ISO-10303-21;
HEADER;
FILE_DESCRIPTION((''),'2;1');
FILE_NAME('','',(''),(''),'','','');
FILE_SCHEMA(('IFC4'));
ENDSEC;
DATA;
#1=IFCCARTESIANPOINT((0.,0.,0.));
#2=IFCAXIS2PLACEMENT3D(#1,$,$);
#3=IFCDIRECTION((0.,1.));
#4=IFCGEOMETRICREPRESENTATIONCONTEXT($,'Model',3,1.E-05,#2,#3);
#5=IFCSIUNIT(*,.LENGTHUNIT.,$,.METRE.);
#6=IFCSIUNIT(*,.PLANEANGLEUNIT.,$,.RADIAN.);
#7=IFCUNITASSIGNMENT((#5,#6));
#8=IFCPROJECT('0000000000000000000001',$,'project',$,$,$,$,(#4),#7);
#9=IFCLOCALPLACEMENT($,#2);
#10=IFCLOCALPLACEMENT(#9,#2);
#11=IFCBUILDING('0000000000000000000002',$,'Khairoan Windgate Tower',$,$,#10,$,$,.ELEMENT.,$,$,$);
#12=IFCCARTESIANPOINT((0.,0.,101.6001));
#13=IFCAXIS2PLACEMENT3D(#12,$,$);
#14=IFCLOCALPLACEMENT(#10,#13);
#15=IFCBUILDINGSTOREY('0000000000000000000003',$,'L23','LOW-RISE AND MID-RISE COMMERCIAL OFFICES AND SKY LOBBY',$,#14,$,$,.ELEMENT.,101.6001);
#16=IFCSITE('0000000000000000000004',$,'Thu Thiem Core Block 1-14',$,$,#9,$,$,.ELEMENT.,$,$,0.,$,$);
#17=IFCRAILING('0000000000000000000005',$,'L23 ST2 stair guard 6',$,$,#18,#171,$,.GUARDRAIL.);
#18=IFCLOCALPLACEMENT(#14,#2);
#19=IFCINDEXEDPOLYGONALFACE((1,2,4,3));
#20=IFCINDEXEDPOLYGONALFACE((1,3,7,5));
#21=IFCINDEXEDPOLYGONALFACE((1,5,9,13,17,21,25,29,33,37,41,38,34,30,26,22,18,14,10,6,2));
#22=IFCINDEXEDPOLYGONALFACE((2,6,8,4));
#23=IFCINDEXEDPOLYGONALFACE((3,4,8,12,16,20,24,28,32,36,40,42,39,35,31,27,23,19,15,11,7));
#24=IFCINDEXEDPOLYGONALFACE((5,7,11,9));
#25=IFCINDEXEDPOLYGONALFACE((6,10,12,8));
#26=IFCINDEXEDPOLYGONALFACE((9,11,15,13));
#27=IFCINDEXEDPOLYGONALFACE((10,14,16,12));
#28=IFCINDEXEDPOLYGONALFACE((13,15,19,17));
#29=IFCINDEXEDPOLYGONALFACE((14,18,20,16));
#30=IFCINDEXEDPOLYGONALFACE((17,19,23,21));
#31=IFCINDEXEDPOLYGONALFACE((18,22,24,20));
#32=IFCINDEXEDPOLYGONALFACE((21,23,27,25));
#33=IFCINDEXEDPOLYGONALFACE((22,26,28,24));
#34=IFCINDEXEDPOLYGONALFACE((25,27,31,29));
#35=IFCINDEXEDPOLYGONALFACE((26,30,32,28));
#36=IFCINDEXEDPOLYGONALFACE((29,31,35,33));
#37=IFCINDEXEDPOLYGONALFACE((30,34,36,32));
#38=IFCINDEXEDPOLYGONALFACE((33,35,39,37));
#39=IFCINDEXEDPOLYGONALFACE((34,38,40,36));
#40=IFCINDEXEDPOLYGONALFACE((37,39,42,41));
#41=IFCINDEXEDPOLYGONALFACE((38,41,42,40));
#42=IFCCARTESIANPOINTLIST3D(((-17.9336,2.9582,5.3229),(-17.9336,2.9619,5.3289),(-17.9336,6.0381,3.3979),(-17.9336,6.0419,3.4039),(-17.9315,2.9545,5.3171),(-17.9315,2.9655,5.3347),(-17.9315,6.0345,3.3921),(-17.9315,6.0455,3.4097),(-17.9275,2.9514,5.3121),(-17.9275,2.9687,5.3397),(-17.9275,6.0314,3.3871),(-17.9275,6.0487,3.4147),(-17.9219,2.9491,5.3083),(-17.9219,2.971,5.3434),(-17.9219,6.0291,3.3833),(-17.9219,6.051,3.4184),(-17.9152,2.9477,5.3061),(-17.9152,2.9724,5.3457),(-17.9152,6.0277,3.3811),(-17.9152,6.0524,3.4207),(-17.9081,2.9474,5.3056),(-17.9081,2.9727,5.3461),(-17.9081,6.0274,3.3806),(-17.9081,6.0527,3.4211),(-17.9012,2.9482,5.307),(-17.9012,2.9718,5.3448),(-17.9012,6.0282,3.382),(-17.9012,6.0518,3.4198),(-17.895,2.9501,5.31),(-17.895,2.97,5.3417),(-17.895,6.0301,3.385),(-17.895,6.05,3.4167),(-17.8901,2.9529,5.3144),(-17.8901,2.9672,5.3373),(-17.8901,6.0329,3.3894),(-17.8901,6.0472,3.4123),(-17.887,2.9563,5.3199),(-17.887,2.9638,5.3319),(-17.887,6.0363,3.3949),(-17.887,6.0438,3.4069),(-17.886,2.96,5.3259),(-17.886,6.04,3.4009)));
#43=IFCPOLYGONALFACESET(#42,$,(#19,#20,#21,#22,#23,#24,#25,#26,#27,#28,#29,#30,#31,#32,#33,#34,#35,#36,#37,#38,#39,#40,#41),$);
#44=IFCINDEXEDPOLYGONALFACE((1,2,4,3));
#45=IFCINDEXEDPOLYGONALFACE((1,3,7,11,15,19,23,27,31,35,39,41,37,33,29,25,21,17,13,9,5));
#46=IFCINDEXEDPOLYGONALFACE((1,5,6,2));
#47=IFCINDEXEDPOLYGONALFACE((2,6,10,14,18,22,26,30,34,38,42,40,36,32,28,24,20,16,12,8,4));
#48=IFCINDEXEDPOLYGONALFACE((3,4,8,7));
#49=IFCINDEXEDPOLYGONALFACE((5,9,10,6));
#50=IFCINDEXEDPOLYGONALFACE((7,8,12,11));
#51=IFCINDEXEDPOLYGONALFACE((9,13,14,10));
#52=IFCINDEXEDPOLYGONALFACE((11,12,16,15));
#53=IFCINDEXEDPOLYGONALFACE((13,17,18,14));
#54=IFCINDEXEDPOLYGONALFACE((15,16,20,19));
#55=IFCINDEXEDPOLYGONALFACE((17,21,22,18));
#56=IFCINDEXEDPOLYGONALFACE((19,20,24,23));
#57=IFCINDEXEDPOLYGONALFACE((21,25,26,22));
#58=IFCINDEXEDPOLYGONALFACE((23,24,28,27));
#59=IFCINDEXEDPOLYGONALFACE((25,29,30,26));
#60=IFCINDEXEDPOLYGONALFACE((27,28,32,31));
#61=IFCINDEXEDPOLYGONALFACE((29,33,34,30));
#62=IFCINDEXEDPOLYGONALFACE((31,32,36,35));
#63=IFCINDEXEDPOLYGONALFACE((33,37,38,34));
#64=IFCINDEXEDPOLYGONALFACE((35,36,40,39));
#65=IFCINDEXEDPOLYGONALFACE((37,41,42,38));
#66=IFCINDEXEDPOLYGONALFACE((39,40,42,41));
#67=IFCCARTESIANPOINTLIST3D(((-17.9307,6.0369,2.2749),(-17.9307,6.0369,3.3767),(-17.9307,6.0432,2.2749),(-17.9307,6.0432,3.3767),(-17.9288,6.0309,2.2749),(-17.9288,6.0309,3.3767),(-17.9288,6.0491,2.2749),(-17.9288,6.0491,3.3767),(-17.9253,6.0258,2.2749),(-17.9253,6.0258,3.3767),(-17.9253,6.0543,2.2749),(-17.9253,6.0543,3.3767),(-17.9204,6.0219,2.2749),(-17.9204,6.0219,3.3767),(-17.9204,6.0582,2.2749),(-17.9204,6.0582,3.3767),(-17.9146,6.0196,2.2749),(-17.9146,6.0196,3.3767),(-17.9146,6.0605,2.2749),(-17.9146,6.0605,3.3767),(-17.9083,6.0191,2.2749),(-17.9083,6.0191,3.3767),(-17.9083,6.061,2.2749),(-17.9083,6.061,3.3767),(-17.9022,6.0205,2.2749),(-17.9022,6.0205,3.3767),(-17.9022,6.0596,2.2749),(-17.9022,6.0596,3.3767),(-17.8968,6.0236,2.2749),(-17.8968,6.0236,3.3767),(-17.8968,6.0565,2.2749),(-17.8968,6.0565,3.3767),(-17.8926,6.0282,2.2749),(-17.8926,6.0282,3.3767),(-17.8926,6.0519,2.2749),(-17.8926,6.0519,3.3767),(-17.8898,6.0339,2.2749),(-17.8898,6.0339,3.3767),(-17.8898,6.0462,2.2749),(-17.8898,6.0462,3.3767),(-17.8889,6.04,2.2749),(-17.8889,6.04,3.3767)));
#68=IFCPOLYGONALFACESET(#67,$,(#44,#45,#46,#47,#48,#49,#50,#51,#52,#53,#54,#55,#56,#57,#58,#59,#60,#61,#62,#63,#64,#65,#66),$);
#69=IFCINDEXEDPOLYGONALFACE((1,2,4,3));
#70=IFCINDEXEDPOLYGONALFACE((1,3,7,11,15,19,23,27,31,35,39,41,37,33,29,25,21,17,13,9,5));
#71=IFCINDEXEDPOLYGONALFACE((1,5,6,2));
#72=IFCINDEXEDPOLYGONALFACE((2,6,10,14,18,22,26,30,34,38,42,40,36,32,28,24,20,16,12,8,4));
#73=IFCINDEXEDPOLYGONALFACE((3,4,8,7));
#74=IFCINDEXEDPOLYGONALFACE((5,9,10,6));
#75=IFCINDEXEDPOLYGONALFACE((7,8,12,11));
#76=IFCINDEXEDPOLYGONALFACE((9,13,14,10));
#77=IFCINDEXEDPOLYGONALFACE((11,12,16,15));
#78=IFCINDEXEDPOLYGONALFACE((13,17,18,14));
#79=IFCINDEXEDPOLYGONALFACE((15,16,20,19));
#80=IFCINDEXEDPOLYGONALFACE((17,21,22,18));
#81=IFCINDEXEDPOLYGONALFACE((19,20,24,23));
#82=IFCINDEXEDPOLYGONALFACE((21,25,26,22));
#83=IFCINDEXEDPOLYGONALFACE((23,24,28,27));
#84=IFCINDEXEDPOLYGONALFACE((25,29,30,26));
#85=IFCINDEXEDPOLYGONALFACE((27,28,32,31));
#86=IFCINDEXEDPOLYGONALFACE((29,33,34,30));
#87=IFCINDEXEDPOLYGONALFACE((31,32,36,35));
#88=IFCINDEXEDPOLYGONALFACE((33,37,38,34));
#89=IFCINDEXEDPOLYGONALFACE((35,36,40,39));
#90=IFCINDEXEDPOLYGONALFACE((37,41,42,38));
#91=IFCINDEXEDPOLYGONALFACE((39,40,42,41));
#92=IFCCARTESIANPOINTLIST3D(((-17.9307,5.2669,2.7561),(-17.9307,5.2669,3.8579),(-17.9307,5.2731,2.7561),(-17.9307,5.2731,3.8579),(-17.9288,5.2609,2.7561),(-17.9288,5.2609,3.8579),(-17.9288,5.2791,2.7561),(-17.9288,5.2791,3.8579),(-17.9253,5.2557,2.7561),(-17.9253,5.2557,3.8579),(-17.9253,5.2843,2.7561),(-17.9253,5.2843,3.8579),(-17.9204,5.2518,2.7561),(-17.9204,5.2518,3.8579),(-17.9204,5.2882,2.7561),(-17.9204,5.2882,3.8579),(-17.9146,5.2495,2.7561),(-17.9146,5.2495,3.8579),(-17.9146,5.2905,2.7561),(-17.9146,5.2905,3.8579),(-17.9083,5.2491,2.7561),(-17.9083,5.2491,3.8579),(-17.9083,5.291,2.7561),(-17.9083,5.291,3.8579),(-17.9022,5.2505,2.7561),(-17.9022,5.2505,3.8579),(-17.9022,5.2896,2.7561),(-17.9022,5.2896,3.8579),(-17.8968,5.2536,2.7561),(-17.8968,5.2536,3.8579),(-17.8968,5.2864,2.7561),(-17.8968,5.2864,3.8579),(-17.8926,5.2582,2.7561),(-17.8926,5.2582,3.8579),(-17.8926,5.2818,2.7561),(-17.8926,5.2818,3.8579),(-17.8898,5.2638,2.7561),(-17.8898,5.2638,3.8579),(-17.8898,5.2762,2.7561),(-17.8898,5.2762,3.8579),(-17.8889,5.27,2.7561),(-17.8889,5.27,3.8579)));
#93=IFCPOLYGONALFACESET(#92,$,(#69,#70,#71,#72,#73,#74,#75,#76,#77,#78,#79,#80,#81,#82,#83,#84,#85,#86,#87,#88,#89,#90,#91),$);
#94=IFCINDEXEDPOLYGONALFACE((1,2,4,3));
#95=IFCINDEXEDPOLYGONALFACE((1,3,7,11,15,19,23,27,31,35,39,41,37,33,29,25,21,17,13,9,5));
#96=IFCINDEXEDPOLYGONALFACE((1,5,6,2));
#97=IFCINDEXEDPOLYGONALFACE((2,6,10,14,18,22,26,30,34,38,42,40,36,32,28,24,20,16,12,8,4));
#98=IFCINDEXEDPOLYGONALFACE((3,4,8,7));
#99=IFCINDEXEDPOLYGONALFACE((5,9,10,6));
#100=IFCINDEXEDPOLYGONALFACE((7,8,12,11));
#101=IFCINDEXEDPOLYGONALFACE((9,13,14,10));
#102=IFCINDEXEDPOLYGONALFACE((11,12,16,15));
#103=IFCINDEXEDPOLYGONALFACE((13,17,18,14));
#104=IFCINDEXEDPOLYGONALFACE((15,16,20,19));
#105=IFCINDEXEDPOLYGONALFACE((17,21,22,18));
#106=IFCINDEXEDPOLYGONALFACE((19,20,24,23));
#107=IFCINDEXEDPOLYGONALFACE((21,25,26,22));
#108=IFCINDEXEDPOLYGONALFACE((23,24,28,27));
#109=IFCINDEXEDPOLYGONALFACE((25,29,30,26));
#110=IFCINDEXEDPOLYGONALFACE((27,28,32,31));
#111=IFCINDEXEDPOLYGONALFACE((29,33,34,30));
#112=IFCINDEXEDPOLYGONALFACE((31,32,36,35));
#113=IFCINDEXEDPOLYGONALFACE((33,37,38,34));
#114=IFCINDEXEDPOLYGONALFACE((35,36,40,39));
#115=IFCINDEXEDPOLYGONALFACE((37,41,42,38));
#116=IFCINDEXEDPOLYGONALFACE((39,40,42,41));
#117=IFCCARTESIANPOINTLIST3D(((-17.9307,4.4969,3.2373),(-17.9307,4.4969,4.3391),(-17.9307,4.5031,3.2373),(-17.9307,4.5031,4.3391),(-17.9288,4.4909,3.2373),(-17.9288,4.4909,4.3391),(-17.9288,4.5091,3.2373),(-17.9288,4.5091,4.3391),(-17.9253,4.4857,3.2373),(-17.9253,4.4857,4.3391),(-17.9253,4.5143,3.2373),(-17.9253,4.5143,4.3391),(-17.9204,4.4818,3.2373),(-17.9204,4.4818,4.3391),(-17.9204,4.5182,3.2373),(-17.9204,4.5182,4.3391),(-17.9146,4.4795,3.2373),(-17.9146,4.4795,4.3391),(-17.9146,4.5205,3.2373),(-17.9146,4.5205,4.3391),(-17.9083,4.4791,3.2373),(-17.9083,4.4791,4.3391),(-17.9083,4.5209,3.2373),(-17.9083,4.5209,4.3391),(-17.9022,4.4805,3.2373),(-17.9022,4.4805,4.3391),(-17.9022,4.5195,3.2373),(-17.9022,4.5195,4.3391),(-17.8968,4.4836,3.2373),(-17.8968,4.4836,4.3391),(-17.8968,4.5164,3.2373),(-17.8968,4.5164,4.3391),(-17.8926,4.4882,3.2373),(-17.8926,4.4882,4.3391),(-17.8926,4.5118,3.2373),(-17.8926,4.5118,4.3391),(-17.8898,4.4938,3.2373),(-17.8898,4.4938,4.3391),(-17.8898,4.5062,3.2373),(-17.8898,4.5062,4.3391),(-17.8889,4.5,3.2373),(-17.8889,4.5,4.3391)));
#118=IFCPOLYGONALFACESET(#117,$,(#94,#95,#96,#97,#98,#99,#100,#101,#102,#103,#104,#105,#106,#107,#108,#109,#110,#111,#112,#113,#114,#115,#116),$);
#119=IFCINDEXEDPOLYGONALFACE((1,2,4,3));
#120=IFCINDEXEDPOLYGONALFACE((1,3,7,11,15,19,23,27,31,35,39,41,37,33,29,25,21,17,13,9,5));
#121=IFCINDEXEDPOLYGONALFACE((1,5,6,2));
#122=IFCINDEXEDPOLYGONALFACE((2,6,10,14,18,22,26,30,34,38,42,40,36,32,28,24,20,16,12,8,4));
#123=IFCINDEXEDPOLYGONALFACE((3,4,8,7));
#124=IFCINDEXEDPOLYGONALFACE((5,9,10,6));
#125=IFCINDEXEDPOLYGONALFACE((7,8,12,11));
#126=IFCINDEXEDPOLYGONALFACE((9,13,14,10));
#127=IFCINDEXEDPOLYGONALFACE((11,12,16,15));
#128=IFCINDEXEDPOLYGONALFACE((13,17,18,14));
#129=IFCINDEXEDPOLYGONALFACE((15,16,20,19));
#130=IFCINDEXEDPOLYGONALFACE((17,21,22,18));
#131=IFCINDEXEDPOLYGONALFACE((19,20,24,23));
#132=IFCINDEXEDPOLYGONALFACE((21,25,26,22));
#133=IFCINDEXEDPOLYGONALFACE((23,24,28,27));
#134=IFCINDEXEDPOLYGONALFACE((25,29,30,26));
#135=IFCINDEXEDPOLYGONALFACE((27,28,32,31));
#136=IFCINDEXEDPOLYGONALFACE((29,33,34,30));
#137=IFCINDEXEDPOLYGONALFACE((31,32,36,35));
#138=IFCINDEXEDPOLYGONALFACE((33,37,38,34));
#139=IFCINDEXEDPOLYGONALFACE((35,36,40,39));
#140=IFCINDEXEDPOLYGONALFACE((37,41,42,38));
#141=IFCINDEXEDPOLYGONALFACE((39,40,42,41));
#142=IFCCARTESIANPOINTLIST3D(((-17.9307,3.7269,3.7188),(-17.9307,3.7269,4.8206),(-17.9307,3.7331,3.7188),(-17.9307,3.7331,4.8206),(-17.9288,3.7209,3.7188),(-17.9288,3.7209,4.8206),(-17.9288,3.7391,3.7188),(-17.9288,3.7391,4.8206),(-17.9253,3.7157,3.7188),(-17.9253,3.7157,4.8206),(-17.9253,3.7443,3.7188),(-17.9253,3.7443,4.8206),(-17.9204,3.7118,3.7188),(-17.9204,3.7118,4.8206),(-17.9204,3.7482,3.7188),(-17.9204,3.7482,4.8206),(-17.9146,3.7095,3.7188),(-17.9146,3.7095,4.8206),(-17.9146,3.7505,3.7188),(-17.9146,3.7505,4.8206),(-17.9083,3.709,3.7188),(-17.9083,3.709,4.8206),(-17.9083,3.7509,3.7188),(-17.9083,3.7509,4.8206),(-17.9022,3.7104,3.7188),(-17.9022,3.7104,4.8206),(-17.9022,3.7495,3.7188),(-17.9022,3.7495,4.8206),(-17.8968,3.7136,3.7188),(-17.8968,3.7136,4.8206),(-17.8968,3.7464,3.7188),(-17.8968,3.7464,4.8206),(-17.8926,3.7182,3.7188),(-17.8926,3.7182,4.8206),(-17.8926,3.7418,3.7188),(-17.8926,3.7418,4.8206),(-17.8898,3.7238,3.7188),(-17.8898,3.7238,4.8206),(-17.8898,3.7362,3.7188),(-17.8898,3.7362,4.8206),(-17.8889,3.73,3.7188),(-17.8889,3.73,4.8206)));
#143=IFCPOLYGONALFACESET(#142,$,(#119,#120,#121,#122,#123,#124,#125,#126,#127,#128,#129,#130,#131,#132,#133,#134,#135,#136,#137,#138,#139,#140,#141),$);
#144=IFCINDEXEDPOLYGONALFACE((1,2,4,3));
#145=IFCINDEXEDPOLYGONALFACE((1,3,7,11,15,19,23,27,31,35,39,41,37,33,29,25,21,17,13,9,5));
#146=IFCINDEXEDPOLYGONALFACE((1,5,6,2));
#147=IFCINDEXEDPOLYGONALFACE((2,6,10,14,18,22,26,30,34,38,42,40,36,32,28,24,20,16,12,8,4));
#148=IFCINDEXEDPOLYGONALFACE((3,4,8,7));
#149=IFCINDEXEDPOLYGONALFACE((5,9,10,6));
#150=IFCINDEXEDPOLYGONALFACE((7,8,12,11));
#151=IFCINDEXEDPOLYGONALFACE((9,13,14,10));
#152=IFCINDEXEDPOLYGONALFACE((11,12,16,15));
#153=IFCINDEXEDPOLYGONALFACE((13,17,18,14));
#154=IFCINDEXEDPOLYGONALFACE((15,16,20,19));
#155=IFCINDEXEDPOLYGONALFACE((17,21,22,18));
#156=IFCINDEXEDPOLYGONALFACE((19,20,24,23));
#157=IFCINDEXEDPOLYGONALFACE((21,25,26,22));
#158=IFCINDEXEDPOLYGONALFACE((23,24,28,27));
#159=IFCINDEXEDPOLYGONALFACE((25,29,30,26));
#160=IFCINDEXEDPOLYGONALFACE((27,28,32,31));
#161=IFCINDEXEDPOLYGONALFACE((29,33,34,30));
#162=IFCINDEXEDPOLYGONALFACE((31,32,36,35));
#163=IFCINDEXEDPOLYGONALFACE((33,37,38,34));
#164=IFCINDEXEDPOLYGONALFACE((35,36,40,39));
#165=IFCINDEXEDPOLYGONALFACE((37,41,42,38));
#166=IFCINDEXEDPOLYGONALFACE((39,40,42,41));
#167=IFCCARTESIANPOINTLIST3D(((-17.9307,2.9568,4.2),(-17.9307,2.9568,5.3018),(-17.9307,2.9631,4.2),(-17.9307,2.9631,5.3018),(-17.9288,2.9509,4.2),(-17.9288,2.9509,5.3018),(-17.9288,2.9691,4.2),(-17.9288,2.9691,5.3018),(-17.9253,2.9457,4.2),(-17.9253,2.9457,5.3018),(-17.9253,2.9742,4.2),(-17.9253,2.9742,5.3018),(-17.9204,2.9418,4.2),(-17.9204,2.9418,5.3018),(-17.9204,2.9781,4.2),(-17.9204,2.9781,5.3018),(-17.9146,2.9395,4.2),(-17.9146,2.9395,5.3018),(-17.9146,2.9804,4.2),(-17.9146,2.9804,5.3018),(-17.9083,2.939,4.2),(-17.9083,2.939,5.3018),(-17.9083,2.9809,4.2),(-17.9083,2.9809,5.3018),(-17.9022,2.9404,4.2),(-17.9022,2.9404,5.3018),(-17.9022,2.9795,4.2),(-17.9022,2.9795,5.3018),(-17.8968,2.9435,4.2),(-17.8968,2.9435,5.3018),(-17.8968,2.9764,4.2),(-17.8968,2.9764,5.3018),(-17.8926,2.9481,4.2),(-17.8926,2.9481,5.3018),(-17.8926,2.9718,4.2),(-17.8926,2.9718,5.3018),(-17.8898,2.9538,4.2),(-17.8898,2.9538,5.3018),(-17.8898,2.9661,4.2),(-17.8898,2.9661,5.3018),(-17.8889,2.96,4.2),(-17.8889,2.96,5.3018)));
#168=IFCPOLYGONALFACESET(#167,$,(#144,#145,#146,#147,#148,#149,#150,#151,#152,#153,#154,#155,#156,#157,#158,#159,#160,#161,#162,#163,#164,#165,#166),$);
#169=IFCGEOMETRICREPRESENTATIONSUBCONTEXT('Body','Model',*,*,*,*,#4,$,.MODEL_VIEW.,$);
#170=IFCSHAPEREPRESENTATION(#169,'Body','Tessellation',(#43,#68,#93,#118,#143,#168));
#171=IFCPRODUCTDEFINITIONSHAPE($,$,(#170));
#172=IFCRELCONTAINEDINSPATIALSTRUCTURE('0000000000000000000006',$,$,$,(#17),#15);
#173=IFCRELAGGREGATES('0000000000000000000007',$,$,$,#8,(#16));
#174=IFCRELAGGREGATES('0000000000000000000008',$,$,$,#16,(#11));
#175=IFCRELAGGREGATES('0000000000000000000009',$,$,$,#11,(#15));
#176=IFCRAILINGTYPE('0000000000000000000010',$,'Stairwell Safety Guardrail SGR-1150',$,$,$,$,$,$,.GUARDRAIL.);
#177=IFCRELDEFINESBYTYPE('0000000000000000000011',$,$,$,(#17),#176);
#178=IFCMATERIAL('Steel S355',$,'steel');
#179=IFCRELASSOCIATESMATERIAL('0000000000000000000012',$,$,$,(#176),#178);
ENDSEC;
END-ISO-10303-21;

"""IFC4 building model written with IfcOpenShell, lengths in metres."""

from ifc_helpers import new_model, si_unit, direction, frame, origin, origin_2d, place, context, subcontext, project, spatial, circle, extrude, material, type_object, element, save


model = new_model("IFC4")

# Units and contexts
model_context = context("Model", 3, precision=1e-05, world=origin(), true_north=direction((0.0, 1.0)))
body_context = subcontext(model_context, "Body", "Model", "MODEL_VIEW")
ifc_project = project(units=[si_unit("LENGTHUNIT", "METRE"), si_unit("PLANEANGLEUNIT", "RADIAN")], contexts=[model_context])

# Site, building, storey
site_placement = place(None, origin())
site = spatial("IfcSite", under=ifc_project, at=site_placement, Name="Thu Thiem Core Block 1-14", CompositionType="ELEMENT", RefElevation=0.0)
building_placement = place(site_placement, origin())
building = spatial("IfcBuilding", under=site, at=building_placement, Name="Khairoan Windgate Tower", CompositionType="ELEMENT")
storey_placement = place(building_placement, frame((0.0, 0.0, 101.6001)))
storey = spatial("IfcBuildingStorey", under=building, at=storey_placement, Name="L23", Description="LOW-RISE AND MID-RISE COMMERCIAL OFFICES AND SKY LOBBY", CompositionType="ELEMENT", Elevation=101.6001)

# Railing
ifc_material_1 = material(Name="Steel S355", Category="steel")
railing_type_1 = type_object("IfcRailingType", Name="Stairwell Safety Guardrail SGR-1150", PredefinedType="GUARDRAIL", material=ifc_material_1)
railing_1_placement = place(storey_placement, frame((-17.9099, 6.04, 2.2749)))
element("IfcRailing", 1, at=railing_1_placement, inside=storey, type_object=railing_type_1, Name="L23 ST2 stair guard 6", PredefinedType="GUARDRAIL", context=body_context, shape_type="SweptSolid", body=[
    extrude(circle(Radius=0.0239, at=origin_2d()), frame((0.0, 0.0, 1.126), z_axis=(0.0, -0.847998, 0.529999), x_axis=(1.0, 0.0, 0.0)), (0.0, 0.0, 1.0), 3.6321),
    extrude(circle(Radius=0.021, at=origin_2d()), origin(), (0.0, 0.0, 1.0), 1.1018),
    extrude(circle(Radius=0.021, at=origin_2d()), frame((0.0, -0.77, 0.4812)), (0.0, 0.0, 1.0), 1.1018),
    extrude(circle(Radius=0.021, at=origin_2d()), frame((0.0, -1.54, 0.9624)), (0.0, 0.0, 1.0), 1.1018),
    extrude(circle(Radius=0.021, at=origin_2d()), frame((0.0, -2.3101, 1.4438)), (0.0, 0.0, 1.0), 1.1018),
    extrude(circle(Radius=0.021, at=origin_2d()), frame((0.0, -3.0801, 1.925)), (0.0, 0.0, 1.0), 1.1018),
])

save(model, "model.ifc")
